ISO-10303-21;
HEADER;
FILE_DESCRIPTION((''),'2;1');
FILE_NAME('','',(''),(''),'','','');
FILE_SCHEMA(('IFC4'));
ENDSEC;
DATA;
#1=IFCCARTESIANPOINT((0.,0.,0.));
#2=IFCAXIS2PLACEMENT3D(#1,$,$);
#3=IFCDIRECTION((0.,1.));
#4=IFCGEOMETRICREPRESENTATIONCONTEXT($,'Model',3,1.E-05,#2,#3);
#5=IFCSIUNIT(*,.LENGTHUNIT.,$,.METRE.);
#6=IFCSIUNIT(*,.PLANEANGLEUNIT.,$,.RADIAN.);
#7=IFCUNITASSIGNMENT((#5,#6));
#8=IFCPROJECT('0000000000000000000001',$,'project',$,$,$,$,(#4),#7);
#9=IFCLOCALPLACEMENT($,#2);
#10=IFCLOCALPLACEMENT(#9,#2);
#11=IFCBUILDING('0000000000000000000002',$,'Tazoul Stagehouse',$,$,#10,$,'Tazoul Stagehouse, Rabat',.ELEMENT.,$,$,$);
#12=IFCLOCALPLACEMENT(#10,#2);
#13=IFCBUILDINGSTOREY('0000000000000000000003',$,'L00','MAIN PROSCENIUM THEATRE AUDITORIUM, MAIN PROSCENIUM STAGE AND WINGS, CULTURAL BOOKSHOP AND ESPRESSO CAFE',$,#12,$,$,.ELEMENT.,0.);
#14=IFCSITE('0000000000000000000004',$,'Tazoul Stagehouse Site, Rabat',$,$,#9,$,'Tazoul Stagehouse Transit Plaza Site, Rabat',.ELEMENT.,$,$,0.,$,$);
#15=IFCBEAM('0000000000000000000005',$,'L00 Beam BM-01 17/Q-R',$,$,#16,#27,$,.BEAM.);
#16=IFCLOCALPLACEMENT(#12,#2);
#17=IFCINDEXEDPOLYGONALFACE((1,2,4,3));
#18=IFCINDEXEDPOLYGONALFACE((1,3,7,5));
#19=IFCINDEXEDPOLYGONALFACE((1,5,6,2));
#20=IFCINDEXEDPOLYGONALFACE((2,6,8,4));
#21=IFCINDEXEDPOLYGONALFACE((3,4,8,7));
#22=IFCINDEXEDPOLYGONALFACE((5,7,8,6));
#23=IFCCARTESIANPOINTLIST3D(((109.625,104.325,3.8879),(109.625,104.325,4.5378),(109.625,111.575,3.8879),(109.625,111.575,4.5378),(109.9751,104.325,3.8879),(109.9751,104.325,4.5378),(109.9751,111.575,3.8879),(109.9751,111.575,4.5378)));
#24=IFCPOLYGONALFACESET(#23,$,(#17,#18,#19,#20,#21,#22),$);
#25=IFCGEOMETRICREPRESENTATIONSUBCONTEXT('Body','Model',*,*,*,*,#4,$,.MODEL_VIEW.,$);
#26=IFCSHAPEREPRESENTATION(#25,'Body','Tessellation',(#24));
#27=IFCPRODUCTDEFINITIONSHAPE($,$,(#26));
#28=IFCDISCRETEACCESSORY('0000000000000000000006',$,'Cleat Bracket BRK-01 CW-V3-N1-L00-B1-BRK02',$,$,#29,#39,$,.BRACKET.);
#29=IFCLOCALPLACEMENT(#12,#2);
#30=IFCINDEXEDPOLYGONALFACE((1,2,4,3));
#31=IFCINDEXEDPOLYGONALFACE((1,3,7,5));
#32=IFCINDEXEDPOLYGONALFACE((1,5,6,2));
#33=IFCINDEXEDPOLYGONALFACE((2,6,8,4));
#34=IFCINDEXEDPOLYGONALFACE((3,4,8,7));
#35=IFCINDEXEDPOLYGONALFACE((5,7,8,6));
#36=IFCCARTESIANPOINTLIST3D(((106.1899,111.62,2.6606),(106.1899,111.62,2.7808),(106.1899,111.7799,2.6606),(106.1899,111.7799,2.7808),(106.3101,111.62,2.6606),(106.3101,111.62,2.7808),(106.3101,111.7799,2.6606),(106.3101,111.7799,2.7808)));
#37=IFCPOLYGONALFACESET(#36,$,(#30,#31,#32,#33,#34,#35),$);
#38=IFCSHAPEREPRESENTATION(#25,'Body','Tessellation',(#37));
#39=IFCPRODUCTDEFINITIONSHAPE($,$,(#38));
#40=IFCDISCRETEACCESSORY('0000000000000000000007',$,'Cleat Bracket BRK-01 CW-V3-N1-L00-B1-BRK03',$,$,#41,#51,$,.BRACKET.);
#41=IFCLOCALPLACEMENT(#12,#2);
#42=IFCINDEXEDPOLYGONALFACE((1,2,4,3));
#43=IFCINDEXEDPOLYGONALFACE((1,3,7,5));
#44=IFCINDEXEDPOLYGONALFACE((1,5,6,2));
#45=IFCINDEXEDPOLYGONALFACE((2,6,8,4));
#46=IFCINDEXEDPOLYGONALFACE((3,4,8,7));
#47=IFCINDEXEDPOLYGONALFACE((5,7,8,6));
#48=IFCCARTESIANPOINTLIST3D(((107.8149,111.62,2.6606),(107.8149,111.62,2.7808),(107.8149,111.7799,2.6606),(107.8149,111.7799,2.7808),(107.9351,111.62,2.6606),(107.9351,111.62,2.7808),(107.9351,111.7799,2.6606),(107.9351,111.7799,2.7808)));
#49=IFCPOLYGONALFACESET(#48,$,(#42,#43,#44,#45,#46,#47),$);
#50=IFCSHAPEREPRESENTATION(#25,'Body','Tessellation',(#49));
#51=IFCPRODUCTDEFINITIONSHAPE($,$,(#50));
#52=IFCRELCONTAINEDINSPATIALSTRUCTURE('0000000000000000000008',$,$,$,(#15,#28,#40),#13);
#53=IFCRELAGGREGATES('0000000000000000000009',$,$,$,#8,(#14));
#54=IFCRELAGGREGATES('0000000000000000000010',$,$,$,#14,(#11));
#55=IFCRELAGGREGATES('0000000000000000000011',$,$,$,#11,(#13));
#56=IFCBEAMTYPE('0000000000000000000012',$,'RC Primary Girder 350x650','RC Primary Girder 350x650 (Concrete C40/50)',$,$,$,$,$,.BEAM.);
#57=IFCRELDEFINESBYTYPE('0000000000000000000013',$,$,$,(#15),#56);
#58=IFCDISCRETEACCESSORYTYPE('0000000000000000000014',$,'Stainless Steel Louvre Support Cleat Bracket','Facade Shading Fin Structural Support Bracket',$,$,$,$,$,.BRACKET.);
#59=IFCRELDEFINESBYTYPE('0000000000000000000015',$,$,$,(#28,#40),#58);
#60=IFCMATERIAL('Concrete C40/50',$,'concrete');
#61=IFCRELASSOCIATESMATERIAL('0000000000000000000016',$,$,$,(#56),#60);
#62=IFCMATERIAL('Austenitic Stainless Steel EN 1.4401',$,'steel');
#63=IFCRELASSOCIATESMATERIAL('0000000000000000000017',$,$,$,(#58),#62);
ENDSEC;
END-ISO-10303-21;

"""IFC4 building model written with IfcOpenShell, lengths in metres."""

from ifc_helpers import new_model, si_unit, direction, frame, origin, origin_2d, place, context, subcontext, project, spatial, rectangle, extrude, material, material_profile, profile_set, type_object, element, save


model = new_model("IFC4")

# Units and contexts
model_context = context("Model", 3, precision=1e-05, world=origin(), true_north=direction((0.0, 1.0)))
body_context = subcontext(model_context, "Body", "Model", "MODEL_VIEW")
ifc_project = project(units=[si_unit("LENGTHUNIT", "METRE"), si_unit("PLANEANGLEUNIT", "RADIAN")], contexts=[model_context])

# Site, building, storey
site_placement = place(None, origin())
building_placement = place(site_placement, origin())
storey_placement = place(building_placement, origin())
site = spatial("IfcSite", under=ifc_project, at=site_placement, Name="Tazoul Stagehouse Site, Rabat", LongName="Tazoul Stagehouse Transit Plaza Site, Rabat", CompositionType="ELEMENT", RefElevation=0.0)
building = spatial("IfcBuilding", under=site, at=building_placement, Name="Tazoul Stagehouse", LongName="Tazoul Stagehouse, Rabat", CompositionType="ELEMENT")
storey = spatial("IfcBuildingStorey", under=building, at=storey_placement, Name="L00", Description="MAIN PROSCENIUM THEATRE AUDITORIUM, MAIN PROSCENIUM STAGE AND WINGS, CULTURAL BOOKSHOP AND ESPRESSO CAFE", CompositionType="ELEMENT", Elevation=0.0)

# Beam
ifc_material_1 = material(Name="Concrete C40/50", Category="concrete")
ifc_material_profile_1 = material_profile(ifc_material_1, rectangle(XDim=0.3501, YDim=0.6499, at=origin_2d()), Name="RC 350x650")
ifc_profile_set_1 = profile_set([ifc_material_profile_1], Name="Concrete C40/50")
beam_type = type_object("IfcBeamType", Name="RC Primary Girder 350x650", Description="RC Primary Girder 350x650 (Concrete C40/50)", PredefinedType="BEAM", material=ifc_profile_set_1)
beam_placement = place(storey_placement, frame((109.8, 104.325, 4.2129), z_axis=(0.0, 1.0, 0.0), x_axis=(-1.0, 0.0, 0.0)))
element("IfcBeam", 1, at=beam_placement, inside=storey, type_object=beam_type, Name="L00 Beam BM-01 17/Q-R", PredefinedType="BEAM", context=body_context, shape_type="SweptSolid", body=[
    extrude(rectangle(XDim=0.3501, YDim=0.6499, at=origin_2d()), origin(), (0.0, 0.0, 1.0), 7.25),
])

# Discrete accessories
ifc_material_2 = material(Name="Austenitic Stainless Steel EN 1.4401", Category="steel")
discrete_accessory_type = type_object("IfcDiscreteAccessoryType", Name="Stainless Steel Louvre Support Cleat Bracket", Description="Facade Shading Fin Structural Support Bracket", PredefinedType="BRACKET", material=ifc_material_2)
for number, where, z_axis, x_axis, name in (
    (2, (106.25, 111.7, 2.6606), (0.0, 0.0, 1.0), (1.0, 0.0, 0.0), "Cleat Bracket BRK-01 CW-V3-N1-L00-B1-BRK02"),
    (3, (107.875, 111.7, 2.6606), (0.0, 0.0, 1.0), (1.0, 0.0, 0.0), "Cleat Bracket BRK-01 CW-V3-N1-L00-B1-BRK03"),
):
    element("IfcDiscreteAccessory", number, at=place(storey_placement, frame(where, z_axis=z_axis, x_axis=x_axis)), inside=storey, type_object=discrete_accessory_type, Name=name, PredefinedType="BRACKET", context=body_context, shape_type="SweptSolid", body=[
        extrude(rectangle(XDim=0.1201, YDim=0.1599, at=origin_2d()), origin(), (0.0, 0.0, 1.0), 0.1201),
    ])

save(model, "model.ifc")
